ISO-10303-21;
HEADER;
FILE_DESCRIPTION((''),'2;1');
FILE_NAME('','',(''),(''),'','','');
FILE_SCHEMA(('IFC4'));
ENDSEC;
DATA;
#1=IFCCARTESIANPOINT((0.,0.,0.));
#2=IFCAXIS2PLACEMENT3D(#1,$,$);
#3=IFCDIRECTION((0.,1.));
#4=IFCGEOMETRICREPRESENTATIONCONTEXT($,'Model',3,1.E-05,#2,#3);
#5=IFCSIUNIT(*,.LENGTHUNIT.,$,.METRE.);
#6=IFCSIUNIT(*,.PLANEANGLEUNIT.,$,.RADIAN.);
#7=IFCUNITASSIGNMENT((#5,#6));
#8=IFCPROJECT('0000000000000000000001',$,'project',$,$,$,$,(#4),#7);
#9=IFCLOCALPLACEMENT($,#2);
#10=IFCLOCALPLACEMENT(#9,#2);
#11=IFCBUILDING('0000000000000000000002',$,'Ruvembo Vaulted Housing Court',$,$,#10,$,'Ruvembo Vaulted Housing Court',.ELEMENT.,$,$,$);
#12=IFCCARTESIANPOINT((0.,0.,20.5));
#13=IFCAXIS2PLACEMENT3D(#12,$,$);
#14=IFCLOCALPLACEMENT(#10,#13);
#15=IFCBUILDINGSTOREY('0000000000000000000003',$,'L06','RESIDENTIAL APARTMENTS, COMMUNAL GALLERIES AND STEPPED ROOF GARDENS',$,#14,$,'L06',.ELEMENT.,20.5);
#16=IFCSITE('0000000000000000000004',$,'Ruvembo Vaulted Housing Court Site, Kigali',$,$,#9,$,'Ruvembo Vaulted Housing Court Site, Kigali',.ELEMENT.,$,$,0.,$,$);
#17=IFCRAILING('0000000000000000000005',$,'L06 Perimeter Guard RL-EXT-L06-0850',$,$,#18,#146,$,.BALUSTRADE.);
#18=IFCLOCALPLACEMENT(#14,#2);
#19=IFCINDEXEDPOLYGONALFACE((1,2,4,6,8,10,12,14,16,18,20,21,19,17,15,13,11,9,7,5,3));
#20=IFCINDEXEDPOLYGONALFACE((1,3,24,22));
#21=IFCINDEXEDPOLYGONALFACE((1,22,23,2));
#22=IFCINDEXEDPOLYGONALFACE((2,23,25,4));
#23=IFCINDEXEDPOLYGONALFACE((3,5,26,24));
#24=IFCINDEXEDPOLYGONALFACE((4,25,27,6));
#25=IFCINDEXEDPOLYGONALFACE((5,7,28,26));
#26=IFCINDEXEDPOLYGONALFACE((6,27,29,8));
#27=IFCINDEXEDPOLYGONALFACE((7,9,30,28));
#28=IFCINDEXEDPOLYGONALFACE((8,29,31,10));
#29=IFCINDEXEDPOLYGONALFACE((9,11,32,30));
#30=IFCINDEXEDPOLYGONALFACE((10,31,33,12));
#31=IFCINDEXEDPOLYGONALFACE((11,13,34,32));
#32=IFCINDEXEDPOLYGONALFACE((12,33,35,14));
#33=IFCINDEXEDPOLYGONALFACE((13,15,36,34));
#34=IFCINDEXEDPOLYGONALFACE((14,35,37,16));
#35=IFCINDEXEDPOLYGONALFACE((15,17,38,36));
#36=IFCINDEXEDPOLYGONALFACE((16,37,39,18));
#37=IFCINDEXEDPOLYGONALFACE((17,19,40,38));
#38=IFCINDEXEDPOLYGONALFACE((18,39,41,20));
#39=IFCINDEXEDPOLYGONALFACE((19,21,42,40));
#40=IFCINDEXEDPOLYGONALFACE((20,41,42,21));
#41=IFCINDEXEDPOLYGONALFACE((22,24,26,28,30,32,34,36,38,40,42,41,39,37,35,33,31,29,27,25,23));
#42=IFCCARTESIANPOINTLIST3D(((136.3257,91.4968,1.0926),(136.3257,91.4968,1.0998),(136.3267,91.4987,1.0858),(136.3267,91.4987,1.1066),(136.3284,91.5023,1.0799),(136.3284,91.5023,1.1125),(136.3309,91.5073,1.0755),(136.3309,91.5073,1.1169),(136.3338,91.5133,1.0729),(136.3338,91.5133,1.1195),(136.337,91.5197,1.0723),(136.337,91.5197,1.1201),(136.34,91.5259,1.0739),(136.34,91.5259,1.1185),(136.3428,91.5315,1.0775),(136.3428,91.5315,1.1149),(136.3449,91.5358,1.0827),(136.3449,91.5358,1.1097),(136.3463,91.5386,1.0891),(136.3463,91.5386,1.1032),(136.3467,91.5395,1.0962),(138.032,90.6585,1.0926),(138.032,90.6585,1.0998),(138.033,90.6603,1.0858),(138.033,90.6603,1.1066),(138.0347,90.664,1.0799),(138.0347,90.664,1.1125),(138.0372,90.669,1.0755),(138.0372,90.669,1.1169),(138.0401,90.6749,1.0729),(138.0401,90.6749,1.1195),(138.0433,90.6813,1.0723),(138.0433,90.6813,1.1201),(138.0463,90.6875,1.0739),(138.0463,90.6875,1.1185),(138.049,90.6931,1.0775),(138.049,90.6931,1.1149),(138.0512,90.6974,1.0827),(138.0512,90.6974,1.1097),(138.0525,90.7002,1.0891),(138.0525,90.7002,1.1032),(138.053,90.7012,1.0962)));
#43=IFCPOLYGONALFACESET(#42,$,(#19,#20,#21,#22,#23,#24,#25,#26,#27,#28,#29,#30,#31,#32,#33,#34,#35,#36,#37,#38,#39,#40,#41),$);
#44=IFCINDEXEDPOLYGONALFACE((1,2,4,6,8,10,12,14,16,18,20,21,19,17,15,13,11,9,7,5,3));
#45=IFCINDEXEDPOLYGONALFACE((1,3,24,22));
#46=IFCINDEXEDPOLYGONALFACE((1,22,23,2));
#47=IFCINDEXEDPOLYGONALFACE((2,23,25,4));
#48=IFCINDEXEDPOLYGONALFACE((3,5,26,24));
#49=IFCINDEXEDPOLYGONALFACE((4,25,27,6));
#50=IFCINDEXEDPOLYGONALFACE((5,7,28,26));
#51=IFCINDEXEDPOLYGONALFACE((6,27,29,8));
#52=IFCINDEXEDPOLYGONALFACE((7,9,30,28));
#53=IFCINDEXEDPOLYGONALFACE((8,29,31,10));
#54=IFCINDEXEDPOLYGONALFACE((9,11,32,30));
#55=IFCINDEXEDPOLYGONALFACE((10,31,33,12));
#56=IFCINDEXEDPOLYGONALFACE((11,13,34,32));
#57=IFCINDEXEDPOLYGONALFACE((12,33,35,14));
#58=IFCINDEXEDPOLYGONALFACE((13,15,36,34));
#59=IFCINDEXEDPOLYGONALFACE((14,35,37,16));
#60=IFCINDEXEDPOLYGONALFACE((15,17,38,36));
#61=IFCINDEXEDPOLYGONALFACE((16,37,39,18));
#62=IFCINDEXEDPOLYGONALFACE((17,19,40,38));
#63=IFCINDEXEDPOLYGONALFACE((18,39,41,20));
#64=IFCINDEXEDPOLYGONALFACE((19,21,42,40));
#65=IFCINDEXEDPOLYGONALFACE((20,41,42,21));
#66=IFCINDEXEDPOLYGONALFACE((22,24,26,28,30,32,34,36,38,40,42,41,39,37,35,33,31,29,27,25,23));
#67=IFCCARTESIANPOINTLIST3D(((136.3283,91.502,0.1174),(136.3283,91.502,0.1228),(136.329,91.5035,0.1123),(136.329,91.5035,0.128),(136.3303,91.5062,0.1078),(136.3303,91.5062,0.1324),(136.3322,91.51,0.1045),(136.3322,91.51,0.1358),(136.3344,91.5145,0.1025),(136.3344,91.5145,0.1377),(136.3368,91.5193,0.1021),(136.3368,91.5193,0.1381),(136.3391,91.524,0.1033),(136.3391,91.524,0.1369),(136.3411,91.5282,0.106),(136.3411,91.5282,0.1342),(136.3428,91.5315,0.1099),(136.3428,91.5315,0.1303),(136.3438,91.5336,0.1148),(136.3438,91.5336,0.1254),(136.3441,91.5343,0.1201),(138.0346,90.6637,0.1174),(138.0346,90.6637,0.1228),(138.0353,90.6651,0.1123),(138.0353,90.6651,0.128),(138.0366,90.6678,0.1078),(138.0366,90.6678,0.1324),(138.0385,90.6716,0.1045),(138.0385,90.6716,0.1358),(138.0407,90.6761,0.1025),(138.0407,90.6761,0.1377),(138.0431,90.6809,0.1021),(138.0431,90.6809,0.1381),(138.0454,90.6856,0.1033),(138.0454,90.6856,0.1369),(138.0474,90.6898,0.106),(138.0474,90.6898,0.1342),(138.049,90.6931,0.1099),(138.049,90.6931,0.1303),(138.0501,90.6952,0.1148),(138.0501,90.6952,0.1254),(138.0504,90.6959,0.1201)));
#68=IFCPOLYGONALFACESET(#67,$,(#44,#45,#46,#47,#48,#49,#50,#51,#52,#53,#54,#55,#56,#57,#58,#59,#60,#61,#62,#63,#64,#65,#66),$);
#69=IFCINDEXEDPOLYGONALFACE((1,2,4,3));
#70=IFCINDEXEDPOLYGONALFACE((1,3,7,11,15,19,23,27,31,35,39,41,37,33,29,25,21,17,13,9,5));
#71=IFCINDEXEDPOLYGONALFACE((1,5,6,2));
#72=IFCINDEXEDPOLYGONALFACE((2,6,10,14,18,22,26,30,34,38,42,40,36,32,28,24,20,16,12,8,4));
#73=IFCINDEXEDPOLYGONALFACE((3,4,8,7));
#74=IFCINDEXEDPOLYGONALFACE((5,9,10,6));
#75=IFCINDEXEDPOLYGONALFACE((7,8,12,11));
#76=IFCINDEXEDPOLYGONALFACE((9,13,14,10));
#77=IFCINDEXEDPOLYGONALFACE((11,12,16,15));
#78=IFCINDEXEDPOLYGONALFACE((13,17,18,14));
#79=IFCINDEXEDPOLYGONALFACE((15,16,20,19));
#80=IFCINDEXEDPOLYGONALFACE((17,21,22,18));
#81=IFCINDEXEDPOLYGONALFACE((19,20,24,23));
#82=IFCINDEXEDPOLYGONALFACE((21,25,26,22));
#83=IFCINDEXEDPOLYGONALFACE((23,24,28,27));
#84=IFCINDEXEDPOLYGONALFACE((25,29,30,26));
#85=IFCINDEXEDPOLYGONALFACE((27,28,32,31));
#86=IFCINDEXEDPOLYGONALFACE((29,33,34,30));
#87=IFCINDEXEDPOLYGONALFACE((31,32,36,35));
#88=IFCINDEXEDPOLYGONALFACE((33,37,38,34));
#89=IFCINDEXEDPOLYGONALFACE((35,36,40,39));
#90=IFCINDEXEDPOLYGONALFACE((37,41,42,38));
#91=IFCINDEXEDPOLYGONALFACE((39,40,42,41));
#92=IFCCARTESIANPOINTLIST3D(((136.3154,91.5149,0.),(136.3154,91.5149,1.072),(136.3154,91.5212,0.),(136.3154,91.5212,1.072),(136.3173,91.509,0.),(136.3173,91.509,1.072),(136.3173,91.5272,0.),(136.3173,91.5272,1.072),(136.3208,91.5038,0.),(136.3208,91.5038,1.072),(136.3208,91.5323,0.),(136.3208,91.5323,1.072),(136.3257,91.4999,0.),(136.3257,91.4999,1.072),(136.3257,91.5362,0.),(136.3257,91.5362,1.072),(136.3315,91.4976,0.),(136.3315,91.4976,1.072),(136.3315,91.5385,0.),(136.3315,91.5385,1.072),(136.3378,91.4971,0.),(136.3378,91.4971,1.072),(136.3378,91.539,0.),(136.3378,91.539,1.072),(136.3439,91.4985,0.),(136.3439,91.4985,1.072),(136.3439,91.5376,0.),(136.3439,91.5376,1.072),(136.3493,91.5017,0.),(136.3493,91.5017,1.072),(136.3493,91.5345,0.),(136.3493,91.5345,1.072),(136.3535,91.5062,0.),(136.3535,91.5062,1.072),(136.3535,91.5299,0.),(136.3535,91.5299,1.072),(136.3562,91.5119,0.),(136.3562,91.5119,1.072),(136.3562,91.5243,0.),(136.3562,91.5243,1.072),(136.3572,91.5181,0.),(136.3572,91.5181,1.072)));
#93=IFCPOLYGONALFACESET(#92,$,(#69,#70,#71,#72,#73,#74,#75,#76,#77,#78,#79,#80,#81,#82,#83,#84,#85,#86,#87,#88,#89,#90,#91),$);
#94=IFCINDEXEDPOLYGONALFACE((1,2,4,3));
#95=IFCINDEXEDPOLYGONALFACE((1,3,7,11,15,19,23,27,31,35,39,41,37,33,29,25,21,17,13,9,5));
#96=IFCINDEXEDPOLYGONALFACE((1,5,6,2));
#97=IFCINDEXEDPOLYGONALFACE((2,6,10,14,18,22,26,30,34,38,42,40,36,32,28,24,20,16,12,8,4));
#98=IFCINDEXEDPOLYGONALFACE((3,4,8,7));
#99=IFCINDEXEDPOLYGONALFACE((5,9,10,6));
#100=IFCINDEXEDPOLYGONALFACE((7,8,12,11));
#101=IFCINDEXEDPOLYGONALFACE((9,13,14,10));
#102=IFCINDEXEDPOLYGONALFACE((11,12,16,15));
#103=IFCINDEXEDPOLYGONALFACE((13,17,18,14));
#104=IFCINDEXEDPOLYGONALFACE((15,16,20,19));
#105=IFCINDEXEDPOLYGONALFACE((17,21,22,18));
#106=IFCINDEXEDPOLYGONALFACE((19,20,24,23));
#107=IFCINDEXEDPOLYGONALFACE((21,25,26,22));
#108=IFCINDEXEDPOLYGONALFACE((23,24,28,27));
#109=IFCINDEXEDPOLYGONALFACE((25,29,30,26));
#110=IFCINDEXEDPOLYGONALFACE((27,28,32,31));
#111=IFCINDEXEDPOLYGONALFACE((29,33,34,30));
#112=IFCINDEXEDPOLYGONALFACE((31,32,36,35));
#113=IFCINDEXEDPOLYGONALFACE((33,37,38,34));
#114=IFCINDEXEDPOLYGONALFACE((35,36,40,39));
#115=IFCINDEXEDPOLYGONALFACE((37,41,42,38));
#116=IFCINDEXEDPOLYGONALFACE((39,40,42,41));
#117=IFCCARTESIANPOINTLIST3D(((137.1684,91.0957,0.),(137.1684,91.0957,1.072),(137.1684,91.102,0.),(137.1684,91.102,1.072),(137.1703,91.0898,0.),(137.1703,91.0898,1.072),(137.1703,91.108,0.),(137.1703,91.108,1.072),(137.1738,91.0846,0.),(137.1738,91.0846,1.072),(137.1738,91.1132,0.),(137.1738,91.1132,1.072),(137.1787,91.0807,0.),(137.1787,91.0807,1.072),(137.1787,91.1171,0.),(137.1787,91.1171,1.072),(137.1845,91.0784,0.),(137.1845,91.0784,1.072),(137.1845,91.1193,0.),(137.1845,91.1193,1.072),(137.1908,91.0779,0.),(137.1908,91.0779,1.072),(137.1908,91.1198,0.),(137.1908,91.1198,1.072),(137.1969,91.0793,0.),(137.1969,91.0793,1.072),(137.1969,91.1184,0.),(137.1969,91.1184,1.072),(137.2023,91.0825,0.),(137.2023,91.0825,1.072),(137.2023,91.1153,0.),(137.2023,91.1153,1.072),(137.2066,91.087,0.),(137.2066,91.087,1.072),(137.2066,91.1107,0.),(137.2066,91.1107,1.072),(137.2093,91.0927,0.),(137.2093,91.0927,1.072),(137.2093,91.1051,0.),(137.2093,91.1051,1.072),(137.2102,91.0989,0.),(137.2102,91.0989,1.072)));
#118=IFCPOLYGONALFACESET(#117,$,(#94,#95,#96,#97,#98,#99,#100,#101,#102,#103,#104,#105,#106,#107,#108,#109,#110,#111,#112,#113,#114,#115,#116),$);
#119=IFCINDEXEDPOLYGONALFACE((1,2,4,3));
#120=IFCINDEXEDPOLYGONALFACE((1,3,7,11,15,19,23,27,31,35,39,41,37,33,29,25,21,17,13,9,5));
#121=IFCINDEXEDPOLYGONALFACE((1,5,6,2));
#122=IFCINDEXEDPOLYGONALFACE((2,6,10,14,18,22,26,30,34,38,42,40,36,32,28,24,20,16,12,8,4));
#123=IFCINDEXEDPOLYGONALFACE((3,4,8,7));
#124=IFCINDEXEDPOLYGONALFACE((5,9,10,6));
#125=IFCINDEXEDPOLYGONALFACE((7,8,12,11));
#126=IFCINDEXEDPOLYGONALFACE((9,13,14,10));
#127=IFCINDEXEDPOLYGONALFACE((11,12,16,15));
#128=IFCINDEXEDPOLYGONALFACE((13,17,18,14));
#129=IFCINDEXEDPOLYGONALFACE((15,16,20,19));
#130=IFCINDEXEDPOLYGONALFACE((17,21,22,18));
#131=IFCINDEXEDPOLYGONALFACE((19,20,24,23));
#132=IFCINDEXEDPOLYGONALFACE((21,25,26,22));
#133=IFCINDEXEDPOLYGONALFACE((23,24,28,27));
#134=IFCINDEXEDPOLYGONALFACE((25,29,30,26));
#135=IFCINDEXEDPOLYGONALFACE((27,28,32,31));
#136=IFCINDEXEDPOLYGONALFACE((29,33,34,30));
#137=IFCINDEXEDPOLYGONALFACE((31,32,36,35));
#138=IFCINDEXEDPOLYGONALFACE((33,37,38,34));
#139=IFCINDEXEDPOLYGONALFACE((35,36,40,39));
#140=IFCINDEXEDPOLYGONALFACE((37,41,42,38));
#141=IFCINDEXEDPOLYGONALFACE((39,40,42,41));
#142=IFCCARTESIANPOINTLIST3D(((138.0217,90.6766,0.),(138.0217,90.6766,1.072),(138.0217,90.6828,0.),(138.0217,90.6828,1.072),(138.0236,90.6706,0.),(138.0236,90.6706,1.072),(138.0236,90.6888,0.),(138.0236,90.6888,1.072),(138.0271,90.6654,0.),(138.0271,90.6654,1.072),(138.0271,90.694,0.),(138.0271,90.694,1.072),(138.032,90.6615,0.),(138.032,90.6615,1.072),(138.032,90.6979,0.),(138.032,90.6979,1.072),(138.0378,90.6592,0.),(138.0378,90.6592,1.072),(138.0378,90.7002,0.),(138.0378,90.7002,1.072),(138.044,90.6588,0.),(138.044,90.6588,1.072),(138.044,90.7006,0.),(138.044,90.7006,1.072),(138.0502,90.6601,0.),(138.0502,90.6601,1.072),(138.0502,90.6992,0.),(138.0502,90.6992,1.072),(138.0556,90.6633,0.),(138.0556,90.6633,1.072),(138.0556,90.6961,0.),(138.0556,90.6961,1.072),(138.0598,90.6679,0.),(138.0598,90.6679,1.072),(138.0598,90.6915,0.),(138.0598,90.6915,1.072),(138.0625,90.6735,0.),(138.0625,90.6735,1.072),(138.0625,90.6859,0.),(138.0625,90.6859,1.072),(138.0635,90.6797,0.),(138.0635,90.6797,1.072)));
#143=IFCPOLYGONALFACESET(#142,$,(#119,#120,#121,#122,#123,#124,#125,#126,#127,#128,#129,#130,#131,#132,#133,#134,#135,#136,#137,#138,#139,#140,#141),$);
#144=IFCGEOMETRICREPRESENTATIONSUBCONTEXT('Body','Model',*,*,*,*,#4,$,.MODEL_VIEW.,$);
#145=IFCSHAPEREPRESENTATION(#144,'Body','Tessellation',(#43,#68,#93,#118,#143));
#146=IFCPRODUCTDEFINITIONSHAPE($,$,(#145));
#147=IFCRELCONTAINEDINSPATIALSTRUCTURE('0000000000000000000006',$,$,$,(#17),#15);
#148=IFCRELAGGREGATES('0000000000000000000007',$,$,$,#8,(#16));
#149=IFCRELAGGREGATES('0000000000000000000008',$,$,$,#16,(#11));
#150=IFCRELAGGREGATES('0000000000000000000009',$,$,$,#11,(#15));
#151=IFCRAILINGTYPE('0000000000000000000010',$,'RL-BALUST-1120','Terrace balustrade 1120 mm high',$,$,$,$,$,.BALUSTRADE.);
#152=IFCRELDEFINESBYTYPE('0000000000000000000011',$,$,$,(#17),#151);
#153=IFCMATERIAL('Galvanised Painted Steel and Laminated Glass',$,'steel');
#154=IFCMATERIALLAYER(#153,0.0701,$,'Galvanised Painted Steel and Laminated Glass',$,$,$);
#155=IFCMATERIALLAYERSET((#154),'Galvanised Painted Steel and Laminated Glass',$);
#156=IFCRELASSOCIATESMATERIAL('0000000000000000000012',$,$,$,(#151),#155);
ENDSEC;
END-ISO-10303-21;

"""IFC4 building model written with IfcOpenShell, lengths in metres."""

from ifc_helpers import new_model, si_unit, direction, frame, origin, origin_2d, place, context, subcontext, project, spatial, circle, extrude, material, layer, layer_set, type_object, element, save


model = new_model("IFC4")

# Units and contexts
model_context = context("Model", 3, precision=1e-05, world=origin(), true_north=direction((0.0, 1.0)))
body_context = subcontext(model_context, "Body", "Model", "MODEL_VIEW")
ifc_project = project(units=[si_unit("LENGTHUNIT", "METRE"), si_unit("PLANEANGLEUNIT", "RADIAN")], contexts=[model_context])

# Site, building, storey
site_placement = place(None, origin())
site = spatial("IfcSite", under=ifc_project, at=site_placement, Name="Ruvembo Vaulted Housing Court Site, Kigali", LongName="Ruvembo Vaulted Housing Court Site, Kigali", CompositionType="ELEMENT", RefElevation=0.0)
building_placement = place(site_placement, origin())
building = spatial("IfcBuilding", under=site, at=building_placement, Name="Ruvembo Vaulted Housing Court", LongName="Ruvembo Vaulted Housing Court", CompositionType="ELEMENT")
storey_placement = place(building_placement, frame((0.0, 0.0, 20.5)))
storey = spatial("IfcBuildingStorey", under=building, at=storey_placement, Name="L06", Description="RESIDENTIAL APARTMENTS, COMMUNAL GALLERIES AND STEPPED ROOF GARDENS", LongName="L06", CompositionType="ELEMENT", Elevation=20.5)

# Railing
ifc_material_1 = material(Name="Galvanised Painted Steel and Laminated Glass", Category="steel")
ifc_layer = layer(ifc_material_1, 0.0701, Name="Galvanised Painted Steel and Laminated Glass")
ifc_layer_set = layer_set([ifc_layer], Name="Galvanised Painted Steel and Laminated Glass")
railing_type = type_object("IfcRailingType", Name="RL-BALUST-1120", Description="Terrace balustrade 1120 mm high", PredefinedType="BALUSTRADE", material=ifc_layer_set)
railing_1_placement = place(storey_placement, frame((136.3362, 91.5181, 0.0)))
element("IfcRailing", 1, at=railing_1_placement, inside=storey, type_object=railing_type, Name="L06 Perimeter Guard RL-EXT-L06-0850", PredefinedType="BALUSTRADE", context=body_context, shape_type="SweptSolid", body=[
    extrude(circle(Radius=0.0239, at=origin_2d()), frame((0.0, 0.0, 1.0962), z_axis=(0.897513, -0.440987, 0.0), x_axis=(0.440987, 0.897513, 0.0)), (0.0, 0.0, 1.0), 1.9011),
    extrude(circle(Radius=0.0181, at=origin_2d()), frame((0.0, 0.0, 0.1201), z_axis=(0.897513, -0.440987, 0.0), x_axis=(0.440987, 0.897513, 0.0)), (0.0, 0.0, 1.0), 1.9011),
    extrude(circle(Radius=0.021, at=origin_2d()), origin(), (0.0, 0.0, 1.0), 1.072),
    extrude(circle(Radius=0.021, at=origin_2d()), frame((0.853, -0.4192, 0.0)), (0.0, 0.0, 1.0), 1.072),
    extrude(circle(Radius=0.021, at=origin_2d()), frame((1.7063, -0.8384, 0.0)), (0.0, 0.0, 1.0), 1.072),
])

save(model, "model.ifc")
